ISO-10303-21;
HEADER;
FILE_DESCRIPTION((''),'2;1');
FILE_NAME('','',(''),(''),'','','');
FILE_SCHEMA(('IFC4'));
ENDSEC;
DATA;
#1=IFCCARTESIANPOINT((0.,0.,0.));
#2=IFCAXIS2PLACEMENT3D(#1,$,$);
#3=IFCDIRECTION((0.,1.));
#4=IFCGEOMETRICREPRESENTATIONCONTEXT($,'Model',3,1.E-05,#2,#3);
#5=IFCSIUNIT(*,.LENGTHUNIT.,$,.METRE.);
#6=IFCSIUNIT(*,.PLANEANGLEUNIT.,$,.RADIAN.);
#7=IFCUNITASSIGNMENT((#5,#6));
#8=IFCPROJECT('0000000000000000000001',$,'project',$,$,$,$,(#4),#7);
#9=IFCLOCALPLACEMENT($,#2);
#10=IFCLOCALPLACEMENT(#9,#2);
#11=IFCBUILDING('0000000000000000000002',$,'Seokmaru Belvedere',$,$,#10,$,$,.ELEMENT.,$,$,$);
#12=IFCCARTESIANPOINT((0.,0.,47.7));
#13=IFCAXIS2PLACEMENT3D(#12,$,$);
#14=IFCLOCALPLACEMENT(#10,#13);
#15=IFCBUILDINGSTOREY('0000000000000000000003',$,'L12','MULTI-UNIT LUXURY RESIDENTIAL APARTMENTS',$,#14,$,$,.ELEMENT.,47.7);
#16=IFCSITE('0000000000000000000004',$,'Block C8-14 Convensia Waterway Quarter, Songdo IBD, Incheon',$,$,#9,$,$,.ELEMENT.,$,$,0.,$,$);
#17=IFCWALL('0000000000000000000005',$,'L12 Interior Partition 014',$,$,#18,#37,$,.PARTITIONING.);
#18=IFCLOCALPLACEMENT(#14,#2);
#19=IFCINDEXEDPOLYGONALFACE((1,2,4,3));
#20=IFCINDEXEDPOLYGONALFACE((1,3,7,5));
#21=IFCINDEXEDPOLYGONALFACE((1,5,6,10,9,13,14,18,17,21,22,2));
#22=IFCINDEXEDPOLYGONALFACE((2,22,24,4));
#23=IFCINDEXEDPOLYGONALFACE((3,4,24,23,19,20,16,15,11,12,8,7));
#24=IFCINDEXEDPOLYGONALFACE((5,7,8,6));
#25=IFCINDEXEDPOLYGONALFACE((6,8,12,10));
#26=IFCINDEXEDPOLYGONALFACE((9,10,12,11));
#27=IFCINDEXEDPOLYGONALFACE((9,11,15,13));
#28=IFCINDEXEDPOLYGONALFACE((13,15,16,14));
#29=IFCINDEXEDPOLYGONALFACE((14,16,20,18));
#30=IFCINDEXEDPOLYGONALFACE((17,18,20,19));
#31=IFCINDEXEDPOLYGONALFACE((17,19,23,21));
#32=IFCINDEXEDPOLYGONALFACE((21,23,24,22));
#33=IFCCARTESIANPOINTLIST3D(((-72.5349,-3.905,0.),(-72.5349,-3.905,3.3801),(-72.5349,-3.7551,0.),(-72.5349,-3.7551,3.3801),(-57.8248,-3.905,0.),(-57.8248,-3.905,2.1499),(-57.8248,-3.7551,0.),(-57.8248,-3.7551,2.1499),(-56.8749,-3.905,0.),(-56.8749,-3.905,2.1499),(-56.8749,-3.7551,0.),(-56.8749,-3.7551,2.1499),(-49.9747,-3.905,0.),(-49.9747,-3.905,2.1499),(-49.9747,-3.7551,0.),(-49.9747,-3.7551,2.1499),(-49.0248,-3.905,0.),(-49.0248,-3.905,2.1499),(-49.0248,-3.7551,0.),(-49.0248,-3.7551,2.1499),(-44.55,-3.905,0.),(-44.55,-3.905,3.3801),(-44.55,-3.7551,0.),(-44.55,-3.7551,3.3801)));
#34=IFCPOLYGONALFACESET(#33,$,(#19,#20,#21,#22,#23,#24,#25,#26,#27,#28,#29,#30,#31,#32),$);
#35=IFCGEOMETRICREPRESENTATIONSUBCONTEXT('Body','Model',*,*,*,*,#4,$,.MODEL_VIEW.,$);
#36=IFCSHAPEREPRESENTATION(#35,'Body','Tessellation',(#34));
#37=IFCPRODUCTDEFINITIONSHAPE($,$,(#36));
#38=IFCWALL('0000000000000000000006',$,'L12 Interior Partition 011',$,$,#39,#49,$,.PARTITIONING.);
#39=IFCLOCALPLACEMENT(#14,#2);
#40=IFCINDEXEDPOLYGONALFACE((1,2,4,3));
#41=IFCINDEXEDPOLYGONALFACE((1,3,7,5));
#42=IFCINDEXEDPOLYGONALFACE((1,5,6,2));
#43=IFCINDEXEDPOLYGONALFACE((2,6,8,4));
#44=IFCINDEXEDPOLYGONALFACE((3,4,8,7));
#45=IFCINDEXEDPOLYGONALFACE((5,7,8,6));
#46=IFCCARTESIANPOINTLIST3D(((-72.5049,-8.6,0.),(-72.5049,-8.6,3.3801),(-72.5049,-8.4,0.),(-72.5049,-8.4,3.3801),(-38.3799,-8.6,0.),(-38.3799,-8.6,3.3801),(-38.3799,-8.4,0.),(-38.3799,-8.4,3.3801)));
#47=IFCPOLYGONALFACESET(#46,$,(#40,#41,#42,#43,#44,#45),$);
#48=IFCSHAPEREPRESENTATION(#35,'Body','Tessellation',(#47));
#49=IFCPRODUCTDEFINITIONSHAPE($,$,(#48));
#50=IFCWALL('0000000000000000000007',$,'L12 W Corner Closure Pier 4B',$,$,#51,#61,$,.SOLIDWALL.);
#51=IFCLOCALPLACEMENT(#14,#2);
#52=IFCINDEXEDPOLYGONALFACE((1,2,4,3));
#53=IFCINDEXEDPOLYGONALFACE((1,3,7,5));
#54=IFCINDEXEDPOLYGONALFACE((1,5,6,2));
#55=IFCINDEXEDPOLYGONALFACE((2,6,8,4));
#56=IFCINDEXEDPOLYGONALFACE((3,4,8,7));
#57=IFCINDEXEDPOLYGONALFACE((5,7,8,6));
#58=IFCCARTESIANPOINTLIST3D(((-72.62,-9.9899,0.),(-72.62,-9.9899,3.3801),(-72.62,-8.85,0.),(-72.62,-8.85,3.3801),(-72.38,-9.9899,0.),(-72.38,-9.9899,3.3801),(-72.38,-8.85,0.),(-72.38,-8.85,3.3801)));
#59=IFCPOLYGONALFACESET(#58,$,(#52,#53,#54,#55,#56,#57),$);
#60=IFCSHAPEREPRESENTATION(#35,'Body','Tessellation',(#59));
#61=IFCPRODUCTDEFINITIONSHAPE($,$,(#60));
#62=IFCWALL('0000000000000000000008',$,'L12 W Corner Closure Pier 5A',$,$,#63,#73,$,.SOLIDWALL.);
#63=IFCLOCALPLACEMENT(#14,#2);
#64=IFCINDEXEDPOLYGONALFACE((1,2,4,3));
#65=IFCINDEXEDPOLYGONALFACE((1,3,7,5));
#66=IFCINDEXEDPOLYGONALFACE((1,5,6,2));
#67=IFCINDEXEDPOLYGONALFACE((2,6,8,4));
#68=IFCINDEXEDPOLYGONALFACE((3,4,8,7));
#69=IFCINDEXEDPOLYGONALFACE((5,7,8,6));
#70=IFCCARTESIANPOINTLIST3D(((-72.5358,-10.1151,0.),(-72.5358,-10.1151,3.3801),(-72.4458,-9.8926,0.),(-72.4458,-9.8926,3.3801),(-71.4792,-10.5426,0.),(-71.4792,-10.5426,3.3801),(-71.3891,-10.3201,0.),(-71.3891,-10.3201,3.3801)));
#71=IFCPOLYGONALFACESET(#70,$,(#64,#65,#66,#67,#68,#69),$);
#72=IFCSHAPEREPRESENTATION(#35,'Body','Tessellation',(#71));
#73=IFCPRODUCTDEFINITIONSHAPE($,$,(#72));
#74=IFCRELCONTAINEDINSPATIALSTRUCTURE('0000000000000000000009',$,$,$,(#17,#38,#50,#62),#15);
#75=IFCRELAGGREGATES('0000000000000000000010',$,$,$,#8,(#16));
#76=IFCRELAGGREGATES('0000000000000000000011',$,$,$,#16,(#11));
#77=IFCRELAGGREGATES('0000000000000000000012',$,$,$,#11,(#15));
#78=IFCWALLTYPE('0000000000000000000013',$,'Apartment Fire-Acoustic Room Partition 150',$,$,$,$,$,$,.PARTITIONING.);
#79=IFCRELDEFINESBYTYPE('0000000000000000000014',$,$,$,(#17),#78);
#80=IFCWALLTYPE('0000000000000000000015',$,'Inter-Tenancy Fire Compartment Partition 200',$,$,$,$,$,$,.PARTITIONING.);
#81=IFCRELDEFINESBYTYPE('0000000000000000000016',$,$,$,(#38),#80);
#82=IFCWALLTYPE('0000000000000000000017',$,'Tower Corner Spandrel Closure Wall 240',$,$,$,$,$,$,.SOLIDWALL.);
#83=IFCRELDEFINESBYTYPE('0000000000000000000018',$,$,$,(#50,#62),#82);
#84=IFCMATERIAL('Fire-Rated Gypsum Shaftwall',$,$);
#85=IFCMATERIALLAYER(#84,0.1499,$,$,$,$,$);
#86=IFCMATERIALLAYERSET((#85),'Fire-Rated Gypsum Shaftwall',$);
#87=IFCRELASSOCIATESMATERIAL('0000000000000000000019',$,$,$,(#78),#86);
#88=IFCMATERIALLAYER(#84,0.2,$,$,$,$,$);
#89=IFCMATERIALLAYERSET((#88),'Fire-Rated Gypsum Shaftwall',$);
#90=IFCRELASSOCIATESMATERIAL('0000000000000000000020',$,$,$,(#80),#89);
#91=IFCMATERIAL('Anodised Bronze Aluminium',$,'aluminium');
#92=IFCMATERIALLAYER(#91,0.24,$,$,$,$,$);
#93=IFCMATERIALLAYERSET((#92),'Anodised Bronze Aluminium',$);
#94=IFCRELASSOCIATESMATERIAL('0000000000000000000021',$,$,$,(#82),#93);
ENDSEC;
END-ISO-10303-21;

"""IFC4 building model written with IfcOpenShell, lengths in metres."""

from ifc_helpers import new_model, si_unit, direction, frame, frame_2d, origin, place, context, subcontext, project, spatial, rectangle, extrude, material, layer, layer_set, type_object, element, save


model = new_model("IFC4")

# Units and contexts
model_context = context("Model", 3, precision=1e-05, world=origin(), true_north=direction((0.0, 1.0)))
body_context = subcontext(model_context, "Body", "Model", "MODEL_VIEW")
ifc_project = project(units=[si_unit("LENGTHUNIT", "METRE"), si_unit("PLANEANGLEUNIT", "RADIAN")], contexts=[model_context])

# Site, building, storey
site_placement = place(None, origin())
site = spatial("IfcSite", under=ifc_project, at=site_placement, Name="Block C8-14 Convensia Waterway Quarter, Songdo IBD, Incheon", CompositionType="ELEMENT", RefElevation=0.0)
building_placement = place(site_placement, origin())
building = spatial("IfcBuilding", under=site, at=building_placement, Name="Seokmaru Belvedere", CompositionType="ELEMENT")
storey_placement = place(building_placement, frame((0.0, 0.0, 47.7)))
storey = spatial("IfcBuildingStorey", under=building, at=storey_placement, Name="L12", Description="MULTI-UNIT LUXURY RESIDENTIAL APARTMENTS", CompositionType="ELEMENT", Elevation=47.7)

# Shared definitions
ifc_material_1 = material(Name="Anodised Bronze Aluminium", Category="aluminium")

# Wall, openings
ifc_material_2 = material(Name="Fire-Rated Gypsum Shaftwall")
ifc_layer_1 = layer(ifc_material_2, 0.1499)
ifc_layer_set_1 = layer_set([ifc_layer_1], Name="Fire-Rated Gypsum Shaftwall")
wall_type_1 = type_object("IfcWallType", Name="Apartment Fire-Acoustic Room Partition 150", PredefinedType="PARTITIONING", material=ifc_layer_set_1)
wall_1_placement = place(storey_placement, frame((-72.5349, -3.8301, 0.0), z_axis=(0.0, 0.0, 1.0), x_axis=(1.0, 0.0, 0.0)))
wall_1 = element("IfcWall", 1, at=wall_1_placement, inside=storey, type_object=wall_type_1, Name="L12 Interior Partition 014", PredefinedType="PARTITIONING", context=body_context, shape_type="SweptSolid", body=[
    extrude(rectangle(XDim=27.9849, YDim=0.1499, at=frame_2d((13.9924, 0.0))), origin(), (0.0, 0.0, 1.0), 3.3801),
])
opening_1_placement = place(wall_1_placement, frame((22.5601, 0.0, 0.0)))
element("IfcOpeningElement", 2, at=opening_1_placement, cuts=wall_1, PredefinedType="OPENING", context=body_context, shape_type="SweptSolid", body=[
    extrude(rectangle(XDim=0.95, YDim=2.1499, at=frame_2d((0.4751, 1.075))), frame((0.0, 0.085, 0.0), z_axis=(0.0, -1.0, 0.0), x_axis=(1.0, 0.0, 0.0)), (0.0, 0.0, 1.0), 0.1699),
])
opening_2_placement = place(wall_1_placement, frame((14.71, 0.0, 0.0)))
element("IfcOpeningElement", 3, at=opening_2_placement, cuts=wall_1, PredefinedType="OPENING", context=body_context, shape_type="SweptSolid", body=[
    extrude(rectangle(XDim=0.95, YDim=2.1499, at=frame_2d((0.4751, 1.075))), frame((0.0, 0.085, 0.0), z_axis=(0.0, -1.0, 0.0), x_axis=(1.0, 0.0, 0.0)), (0.0, 0.0, 1.0), 0.1699),
])

# Walls
ifc_layer_2 = layer(ifc_material_2, 0.2)
ifc_layer_set_2 = layer_set([ifc_layer_2], Name="Fire-Rated Gypsum Shaftwall")
wall_type_2 = type_object("IfcWallType", Name="Inter-Tenancy Fire Compartment Partition 200", PredefinedType="PARTITIONING", material=ifc_layer_set_2)
wall_2_placement = place(storey_placement, frame((-72.5049, -8.5, 0.0), z_axis=(0.0, 0.0, 1.0), x_axis=(1.0, 0.0, 0.0)))
element("IfcWall", 4, at=wall_2_placement, inside=storey, type_object=wall_type_2, Name="L12 Interior Partition 011", PredefinedType="PARTITIONING", context=body_context, shape_type="SweptSolid", body=[
    extrude(rectangle(XDim=34.125, YDim=0.2, at=frame_2d((17.0625, 0.0))), origin(), (0.0, 0.0, 1.0), 3.3801),
])
ifc_layer_3 = layer(ifc_material_1, 0.24)
ifc_layer_set_3 = layer_set([ifc_layer_3], Name="Anodised Bronze Aluminium")
wall_type_3 = type_object("IfcWallType", Name="Tower Corner Spandrel Closure Wall 240", PredefinedType="SOLIDWALL", material=ifc_layer_set_3)
for number, where, z_axis, x_axis, name in (
    (5, (-72.5, -8.8501, 0.0), (0.0, 0.0, 1.0), (0.0, -1.0, 0.0), "L12 W Corner Closure Pier 4B"),
    (6, (-72.4907, -10.0039, 0.0), (0.0, 0.0, 1.0), (0.927007, -0.375044, 0.0), "L12 W Corner Closure Pier 5A"),
):
    element("IfcWall", number, at=place(storey_placement, frame(where, z_axis=z_axis, x_axis=x_axis)), inside=storey, type_object=wall_type_3, Name=name, PredefinedType="SOLIDWALL", context=body_context, shape_type="SweptSolid", body=[
        extrude(rectangle(XDim=1.1399, YDim=0.24, at=frame_2d((0.5698, 0.0))), origin(), (0.0, 0.0, 1.0), 3.3801),
    ])

save(model, "model.ifc")
